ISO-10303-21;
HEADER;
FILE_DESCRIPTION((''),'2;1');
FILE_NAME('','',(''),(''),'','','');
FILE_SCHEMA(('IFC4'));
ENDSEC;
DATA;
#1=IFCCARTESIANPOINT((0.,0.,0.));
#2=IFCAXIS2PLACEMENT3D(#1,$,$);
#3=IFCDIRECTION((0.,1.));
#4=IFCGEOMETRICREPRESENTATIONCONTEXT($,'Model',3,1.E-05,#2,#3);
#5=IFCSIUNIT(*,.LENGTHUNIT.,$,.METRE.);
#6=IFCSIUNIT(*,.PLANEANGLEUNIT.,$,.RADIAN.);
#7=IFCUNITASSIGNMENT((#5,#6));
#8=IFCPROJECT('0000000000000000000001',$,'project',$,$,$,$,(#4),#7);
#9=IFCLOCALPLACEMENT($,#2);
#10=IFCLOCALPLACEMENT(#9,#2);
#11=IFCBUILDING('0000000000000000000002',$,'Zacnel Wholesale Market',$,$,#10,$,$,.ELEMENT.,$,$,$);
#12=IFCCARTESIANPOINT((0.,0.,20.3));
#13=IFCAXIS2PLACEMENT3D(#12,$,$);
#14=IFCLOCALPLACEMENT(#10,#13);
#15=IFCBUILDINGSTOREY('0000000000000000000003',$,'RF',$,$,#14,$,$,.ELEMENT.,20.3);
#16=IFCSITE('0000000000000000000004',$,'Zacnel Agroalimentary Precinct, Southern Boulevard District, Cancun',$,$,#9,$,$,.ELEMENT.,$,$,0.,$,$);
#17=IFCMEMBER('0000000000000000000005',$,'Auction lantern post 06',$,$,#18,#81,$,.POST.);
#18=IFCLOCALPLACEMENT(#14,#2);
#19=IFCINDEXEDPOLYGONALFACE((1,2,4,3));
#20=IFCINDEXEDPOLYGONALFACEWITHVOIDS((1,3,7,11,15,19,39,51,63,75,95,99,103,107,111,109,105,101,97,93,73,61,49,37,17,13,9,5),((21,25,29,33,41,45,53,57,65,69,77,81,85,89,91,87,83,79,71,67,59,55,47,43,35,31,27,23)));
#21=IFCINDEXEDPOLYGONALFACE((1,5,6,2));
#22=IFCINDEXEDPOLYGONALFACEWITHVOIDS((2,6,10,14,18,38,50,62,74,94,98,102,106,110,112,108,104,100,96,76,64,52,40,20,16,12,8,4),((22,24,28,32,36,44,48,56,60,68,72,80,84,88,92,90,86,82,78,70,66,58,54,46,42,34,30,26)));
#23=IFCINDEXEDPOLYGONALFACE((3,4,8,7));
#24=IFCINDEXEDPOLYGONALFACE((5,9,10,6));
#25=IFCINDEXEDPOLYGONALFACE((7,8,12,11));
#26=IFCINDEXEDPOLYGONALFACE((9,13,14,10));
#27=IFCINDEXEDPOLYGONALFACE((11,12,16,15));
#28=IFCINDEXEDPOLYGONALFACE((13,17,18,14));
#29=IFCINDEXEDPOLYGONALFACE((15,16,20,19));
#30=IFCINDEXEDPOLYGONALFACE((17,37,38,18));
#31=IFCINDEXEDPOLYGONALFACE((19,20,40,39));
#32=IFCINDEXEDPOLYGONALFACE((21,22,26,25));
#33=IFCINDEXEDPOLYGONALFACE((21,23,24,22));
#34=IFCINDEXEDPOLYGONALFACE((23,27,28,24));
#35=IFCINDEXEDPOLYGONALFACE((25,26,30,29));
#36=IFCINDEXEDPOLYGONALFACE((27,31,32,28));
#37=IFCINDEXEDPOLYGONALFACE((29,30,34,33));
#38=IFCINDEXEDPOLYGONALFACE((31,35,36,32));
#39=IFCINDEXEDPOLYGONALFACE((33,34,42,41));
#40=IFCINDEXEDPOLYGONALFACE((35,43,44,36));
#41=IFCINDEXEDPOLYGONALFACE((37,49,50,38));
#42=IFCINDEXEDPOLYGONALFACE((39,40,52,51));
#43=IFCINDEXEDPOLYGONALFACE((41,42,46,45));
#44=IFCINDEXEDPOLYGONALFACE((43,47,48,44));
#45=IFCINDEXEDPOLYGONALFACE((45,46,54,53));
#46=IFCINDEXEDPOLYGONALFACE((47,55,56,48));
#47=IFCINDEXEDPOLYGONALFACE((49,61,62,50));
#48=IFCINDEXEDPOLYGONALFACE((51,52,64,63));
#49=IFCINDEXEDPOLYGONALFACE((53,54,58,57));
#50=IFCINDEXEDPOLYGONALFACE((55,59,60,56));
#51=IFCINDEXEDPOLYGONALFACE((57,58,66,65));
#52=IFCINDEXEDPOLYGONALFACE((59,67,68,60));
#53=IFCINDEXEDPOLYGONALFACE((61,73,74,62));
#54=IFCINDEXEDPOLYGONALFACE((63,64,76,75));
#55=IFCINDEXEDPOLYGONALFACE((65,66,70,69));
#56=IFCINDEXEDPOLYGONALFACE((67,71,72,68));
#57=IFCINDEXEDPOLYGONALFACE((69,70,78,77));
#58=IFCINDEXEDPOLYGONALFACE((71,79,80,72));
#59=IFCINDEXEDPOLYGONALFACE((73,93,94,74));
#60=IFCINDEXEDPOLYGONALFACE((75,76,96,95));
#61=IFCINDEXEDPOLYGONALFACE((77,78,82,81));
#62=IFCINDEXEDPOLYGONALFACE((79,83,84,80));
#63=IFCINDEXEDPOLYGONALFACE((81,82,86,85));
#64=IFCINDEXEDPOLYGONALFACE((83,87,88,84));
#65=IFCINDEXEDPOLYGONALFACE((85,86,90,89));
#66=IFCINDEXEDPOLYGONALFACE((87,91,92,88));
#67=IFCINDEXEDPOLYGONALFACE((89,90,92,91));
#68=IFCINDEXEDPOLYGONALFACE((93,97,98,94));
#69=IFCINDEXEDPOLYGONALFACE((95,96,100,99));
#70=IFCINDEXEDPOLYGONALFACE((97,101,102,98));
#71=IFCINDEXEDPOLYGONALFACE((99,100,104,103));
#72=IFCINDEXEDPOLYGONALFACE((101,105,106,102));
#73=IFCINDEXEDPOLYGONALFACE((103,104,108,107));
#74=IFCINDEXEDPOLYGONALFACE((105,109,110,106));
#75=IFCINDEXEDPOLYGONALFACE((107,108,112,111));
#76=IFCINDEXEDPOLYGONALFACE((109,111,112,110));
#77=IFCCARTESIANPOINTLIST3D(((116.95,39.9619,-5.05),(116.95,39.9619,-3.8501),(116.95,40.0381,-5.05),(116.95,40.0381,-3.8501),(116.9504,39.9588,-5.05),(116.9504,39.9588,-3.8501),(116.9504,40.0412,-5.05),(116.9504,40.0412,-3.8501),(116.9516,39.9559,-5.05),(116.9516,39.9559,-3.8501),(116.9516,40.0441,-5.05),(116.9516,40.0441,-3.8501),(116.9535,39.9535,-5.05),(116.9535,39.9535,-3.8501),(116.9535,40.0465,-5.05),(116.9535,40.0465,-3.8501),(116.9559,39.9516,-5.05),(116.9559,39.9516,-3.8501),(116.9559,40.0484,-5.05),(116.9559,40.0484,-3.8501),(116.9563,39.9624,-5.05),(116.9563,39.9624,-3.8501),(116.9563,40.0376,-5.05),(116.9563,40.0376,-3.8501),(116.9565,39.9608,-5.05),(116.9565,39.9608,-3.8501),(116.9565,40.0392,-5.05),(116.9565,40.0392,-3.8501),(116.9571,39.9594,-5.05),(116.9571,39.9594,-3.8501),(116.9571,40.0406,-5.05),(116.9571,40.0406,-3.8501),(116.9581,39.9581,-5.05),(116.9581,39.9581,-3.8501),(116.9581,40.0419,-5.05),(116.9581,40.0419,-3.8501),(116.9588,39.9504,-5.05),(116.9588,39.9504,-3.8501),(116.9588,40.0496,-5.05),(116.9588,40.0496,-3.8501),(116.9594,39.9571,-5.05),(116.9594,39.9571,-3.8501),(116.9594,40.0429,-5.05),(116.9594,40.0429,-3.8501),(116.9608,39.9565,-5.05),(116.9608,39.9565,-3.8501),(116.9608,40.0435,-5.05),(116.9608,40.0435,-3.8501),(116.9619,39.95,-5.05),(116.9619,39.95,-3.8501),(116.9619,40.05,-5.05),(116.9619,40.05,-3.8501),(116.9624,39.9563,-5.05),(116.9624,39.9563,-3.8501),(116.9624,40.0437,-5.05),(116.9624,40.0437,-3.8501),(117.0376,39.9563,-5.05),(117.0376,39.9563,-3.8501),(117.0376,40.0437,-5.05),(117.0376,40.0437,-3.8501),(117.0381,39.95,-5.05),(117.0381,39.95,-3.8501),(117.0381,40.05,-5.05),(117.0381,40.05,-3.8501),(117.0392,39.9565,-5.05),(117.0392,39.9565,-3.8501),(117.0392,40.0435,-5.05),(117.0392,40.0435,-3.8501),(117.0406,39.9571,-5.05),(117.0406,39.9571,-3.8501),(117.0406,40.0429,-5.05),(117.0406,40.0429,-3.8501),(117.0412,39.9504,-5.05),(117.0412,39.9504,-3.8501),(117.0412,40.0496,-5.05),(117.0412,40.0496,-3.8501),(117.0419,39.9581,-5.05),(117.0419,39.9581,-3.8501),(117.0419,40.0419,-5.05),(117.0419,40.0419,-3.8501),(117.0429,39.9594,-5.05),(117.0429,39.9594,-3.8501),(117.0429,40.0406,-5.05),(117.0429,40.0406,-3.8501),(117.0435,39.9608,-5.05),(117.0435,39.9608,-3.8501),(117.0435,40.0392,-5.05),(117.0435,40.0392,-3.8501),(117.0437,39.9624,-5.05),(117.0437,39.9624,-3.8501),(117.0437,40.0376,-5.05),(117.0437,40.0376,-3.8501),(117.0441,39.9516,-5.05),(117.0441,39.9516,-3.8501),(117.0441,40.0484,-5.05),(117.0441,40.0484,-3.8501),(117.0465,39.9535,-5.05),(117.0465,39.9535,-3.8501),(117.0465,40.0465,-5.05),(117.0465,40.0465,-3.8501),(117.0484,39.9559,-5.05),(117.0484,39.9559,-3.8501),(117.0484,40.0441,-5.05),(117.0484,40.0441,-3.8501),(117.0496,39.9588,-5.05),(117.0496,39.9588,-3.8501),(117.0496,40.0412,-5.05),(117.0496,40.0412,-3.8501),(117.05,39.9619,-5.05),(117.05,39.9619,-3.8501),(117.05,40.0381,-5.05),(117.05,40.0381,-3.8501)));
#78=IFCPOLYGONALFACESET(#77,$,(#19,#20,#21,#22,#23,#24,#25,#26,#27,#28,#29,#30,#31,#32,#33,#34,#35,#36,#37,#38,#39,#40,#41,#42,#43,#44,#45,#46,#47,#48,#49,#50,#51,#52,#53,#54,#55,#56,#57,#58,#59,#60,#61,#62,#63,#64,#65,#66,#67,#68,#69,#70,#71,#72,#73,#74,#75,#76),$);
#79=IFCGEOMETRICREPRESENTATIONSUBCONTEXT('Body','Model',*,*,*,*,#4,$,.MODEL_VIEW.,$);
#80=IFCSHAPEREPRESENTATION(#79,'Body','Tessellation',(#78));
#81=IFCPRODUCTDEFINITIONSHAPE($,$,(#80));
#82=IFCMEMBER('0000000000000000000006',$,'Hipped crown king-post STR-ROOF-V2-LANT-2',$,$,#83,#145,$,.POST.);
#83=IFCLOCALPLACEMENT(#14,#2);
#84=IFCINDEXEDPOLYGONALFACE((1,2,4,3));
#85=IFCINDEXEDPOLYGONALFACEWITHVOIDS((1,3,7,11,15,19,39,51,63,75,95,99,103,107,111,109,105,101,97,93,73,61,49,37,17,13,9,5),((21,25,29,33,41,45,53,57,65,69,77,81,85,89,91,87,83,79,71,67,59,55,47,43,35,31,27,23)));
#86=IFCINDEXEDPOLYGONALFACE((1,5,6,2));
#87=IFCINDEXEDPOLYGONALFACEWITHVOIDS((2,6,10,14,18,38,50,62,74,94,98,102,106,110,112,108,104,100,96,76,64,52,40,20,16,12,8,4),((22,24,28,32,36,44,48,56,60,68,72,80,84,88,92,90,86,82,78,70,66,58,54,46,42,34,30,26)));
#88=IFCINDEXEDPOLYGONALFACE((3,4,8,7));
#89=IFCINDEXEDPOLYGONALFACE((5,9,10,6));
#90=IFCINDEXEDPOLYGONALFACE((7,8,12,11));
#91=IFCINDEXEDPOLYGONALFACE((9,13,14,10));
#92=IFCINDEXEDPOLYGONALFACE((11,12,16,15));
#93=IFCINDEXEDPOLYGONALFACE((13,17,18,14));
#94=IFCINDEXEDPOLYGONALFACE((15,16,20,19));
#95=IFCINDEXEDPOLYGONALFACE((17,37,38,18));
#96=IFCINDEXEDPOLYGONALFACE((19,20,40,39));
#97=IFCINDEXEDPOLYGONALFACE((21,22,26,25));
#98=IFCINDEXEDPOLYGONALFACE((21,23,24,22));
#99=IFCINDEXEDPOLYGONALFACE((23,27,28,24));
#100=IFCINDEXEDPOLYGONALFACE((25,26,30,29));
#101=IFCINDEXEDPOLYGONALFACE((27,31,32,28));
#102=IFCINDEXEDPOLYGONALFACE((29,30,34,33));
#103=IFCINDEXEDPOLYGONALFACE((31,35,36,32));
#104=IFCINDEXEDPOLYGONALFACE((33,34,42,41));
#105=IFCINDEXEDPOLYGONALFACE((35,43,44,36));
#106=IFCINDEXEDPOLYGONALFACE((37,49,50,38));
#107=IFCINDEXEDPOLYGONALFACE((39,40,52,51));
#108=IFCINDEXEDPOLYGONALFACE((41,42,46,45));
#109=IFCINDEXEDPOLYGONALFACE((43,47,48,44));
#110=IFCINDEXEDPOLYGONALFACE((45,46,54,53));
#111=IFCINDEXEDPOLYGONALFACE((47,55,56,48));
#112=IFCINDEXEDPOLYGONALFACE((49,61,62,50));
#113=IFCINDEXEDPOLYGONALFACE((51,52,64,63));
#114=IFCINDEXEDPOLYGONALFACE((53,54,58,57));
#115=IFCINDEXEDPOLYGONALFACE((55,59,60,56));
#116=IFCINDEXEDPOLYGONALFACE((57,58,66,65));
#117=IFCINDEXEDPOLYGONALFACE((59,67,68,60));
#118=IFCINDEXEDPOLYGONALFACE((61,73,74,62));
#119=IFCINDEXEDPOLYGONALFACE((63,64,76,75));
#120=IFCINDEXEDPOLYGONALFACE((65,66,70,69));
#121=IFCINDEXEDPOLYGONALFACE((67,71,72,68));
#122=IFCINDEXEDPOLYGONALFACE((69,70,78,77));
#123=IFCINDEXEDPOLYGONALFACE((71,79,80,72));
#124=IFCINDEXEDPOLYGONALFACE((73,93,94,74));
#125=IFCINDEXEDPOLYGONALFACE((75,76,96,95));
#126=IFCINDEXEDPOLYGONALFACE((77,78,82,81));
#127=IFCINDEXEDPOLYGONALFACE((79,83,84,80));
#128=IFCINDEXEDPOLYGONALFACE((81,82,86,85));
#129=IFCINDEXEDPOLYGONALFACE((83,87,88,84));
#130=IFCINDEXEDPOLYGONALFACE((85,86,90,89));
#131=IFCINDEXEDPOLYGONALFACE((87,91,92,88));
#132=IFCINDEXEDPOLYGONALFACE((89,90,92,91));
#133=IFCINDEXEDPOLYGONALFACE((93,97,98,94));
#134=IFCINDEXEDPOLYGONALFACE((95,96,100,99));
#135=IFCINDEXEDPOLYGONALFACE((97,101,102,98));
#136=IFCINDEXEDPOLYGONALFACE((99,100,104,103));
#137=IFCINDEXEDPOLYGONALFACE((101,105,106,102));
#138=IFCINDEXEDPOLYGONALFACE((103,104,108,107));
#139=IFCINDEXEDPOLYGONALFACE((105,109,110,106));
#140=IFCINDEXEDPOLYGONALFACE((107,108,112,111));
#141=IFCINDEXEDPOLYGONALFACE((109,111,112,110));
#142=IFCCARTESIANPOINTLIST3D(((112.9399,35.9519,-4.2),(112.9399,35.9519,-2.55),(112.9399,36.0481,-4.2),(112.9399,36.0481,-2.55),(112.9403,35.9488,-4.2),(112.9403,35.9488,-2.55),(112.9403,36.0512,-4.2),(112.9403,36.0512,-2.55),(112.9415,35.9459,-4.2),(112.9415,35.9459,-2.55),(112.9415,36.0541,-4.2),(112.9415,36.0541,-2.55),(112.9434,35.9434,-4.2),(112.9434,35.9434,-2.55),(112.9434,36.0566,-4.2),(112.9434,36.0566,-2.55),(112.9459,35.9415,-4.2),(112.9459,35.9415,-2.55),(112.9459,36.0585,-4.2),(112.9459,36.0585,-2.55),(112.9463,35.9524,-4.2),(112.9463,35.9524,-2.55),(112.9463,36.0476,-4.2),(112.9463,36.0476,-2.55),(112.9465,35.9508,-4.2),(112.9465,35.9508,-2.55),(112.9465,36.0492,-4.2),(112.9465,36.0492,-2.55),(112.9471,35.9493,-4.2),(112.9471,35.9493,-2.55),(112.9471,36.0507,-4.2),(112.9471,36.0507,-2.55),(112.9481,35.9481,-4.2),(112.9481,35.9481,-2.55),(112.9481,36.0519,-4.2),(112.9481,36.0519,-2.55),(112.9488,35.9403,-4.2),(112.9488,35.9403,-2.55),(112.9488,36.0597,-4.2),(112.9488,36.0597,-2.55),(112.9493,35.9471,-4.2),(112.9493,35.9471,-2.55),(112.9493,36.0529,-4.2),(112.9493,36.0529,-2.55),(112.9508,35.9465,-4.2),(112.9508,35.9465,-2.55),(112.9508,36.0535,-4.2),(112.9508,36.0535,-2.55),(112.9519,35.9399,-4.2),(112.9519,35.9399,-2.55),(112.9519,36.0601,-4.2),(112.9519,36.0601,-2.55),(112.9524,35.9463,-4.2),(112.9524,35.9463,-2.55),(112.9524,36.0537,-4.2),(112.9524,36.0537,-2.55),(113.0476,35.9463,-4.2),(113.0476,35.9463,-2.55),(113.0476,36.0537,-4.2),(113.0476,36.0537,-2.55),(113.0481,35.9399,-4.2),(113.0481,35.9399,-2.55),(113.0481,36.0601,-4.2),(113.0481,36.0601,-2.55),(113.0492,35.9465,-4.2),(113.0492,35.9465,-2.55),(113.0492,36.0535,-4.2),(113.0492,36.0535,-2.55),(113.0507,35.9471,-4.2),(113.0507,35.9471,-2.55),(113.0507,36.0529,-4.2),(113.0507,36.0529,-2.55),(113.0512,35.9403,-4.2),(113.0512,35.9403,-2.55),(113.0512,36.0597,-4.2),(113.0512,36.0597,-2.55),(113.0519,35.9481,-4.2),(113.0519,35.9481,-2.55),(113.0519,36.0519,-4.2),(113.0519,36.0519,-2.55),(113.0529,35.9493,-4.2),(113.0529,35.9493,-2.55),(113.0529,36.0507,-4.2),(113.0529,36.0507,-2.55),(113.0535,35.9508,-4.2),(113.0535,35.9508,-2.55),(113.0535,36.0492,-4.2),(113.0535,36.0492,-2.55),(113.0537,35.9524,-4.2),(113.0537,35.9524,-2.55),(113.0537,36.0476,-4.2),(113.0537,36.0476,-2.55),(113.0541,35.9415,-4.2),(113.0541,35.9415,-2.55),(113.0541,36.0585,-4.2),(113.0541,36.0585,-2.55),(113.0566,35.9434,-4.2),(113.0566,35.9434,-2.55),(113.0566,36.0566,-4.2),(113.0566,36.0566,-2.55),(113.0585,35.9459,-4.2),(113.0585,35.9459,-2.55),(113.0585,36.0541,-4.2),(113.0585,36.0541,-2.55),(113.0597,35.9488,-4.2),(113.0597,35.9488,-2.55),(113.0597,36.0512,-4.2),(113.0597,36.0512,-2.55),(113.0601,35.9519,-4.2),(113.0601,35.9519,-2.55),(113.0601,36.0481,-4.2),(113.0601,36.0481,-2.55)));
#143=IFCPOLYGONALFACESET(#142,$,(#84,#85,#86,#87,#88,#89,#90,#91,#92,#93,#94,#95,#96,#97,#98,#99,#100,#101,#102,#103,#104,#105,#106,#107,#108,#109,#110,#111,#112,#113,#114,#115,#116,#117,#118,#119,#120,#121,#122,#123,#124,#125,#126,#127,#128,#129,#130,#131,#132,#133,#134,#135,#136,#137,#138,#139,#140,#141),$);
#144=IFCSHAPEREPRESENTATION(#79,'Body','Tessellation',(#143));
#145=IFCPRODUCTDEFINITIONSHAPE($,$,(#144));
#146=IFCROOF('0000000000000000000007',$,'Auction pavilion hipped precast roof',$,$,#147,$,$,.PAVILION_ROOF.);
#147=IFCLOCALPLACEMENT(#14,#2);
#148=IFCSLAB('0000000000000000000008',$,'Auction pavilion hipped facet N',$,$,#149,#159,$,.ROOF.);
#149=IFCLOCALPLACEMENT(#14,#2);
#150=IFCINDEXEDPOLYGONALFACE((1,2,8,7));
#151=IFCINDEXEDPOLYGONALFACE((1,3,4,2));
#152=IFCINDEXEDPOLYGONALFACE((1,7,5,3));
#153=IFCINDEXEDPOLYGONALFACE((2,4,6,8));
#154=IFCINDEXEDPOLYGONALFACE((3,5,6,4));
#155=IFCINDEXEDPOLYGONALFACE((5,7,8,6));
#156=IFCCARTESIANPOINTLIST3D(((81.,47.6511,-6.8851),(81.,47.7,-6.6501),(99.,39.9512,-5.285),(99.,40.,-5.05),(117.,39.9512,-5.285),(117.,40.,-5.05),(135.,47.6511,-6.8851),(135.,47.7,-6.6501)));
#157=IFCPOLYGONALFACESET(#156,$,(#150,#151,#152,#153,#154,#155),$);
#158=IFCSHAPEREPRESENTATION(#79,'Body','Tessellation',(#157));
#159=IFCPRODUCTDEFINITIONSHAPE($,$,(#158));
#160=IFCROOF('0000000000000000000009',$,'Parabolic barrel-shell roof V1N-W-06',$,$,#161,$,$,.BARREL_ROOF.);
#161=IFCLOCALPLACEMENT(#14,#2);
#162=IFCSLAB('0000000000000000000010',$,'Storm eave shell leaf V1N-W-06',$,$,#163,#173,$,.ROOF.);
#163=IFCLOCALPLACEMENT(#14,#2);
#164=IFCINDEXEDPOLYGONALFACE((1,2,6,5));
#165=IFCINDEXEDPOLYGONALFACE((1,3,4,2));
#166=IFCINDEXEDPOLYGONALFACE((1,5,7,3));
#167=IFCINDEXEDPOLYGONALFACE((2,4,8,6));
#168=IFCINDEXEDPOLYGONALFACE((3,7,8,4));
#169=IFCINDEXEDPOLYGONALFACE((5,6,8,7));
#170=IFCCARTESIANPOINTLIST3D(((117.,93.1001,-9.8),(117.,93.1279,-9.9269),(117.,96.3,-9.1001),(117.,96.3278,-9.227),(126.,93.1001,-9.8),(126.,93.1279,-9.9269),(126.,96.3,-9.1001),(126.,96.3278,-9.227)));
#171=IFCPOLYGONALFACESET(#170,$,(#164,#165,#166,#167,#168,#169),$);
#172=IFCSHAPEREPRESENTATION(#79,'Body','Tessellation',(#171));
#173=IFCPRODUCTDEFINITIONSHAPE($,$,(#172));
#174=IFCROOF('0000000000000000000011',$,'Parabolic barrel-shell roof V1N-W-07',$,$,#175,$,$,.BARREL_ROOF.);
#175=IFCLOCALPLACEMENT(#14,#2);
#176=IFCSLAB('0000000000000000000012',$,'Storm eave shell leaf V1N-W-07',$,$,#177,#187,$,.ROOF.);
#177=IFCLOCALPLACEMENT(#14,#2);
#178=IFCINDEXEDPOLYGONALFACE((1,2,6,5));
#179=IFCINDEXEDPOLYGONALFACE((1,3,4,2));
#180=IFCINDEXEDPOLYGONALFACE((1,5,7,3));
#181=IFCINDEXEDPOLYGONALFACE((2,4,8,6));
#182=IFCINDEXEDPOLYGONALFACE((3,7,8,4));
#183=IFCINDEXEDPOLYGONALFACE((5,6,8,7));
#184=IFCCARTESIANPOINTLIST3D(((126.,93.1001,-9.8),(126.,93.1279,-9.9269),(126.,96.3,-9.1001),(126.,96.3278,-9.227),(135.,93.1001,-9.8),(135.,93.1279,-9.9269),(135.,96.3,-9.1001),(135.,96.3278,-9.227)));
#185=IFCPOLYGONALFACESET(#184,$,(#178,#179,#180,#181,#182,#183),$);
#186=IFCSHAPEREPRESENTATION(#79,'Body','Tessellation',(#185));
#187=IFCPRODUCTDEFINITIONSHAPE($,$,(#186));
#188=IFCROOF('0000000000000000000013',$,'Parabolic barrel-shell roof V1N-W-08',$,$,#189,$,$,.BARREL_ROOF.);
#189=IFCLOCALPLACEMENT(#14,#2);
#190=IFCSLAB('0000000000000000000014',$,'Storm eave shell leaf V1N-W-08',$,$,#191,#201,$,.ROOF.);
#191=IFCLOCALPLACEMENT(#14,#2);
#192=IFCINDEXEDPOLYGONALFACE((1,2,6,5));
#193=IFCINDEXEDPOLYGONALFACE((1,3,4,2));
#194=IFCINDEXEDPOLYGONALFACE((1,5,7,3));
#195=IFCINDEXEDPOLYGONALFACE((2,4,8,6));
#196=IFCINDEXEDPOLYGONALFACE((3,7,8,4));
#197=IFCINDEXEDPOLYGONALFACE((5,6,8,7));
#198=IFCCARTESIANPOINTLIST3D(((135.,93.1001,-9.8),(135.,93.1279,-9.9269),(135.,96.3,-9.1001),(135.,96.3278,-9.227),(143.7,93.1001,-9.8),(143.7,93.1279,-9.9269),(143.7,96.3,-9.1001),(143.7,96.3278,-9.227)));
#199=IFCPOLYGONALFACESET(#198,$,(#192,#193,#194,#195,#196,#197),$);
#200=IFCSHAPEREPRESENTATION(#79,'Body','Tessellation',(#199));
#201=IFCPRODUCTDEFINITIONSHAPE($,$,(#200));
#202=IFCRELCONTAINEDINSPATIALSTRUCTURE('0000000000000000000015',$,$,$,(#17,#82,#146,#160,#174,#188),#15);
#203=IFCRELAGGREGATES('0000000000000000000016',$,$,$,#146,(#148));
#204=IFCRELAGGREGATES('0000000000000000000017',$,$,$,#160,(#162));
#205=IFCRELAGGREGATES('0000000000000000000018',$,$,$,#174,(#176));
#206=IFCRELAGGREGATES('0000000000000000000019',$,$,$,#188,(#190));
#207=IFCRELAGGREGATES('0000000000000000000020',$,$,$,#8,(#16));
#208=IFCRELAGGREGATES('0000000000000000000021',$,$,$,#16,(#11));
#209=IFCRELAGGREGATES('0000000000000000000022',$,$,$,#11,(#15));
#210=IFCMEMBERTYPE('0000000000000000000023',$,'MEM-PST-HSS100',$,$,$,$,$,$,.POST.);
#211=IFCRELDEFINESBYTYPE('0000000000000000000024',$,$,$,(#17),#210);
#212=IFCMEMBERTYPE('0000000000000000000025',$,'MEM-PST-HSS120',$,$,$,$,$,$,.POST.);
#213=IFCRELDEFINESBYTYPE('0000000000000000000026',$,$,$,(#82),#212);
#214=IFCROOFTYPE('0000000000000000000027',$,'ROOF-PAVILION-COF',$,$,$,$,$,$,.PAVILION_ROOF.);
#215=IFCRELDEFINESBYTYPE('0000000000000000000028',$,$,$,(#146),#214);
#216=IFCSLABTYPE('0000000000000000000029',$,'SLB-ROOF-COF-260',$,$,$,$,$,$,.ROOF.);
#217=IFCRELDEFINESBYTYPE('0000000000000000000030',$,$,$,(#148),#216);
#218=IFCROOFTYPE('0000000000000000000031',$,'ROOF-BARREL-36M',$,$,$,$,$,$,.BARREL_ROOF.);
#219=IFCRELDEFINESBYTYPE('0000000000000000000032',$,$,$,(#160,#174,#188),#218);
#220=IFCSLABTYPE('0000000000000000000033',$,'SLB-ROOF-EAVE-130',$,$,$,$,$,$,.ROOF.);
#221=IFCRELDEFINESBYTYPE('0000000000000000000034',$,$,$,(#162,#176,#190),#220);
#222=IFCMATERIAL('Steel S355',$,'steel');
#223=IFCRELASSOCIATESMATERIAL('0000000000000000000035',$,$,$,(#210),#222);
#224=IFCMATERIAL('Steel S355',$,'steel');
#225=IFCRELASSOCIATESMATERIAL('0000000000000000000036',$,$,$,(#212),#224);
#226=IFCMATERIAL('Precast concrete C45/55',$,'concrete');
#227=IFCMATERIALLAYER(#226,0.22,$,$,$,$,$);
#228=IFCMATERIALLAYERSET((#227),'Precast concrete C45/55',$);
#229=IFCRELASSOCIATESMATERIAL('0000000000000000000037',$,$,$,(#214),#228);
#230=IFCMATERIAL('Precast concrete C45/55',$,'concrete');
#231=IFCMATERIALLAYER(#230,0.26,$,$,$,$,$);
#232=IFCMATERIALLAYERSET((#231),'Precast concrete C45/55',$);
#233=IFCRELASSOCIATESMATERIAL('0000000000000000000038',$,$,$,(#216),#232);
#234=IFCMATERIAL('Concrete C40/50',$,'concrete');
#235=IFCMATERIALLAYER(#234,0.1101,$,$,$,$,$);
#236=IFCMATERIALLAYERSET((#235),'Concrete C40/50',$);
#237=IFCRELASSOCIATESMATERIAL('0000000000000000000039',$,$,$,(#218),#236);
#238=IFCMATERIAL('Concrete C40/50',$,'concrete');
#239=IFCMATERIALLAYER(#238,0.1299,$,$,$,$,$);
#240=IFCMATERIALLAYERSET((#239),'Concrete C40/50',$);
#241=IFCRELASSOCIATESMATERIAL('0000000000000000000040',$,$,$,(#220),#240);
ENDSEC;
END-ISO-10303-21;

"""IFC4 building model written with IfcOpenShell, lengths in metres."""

from ifc_helpers import new_model, si_unit, direction, frame, origin, origin_2d, place, context, subcontext, project, spatial, polyline, hollow_rectangle, outline, extrude, material, layer, layer_set, material_profile, profile_set, type_object, element, aggregate, save


model = new_model("IFC4")

# Units and contexts
model_context = context("Model", 3, precision=1e-05, world=origin(), true_north=direction((0.0, 1.0)))
body_context = subcontext(model_context, "Body", "Model", "MODEL_VIEW")
ifc_project = project(units=[si_unit("LENGTHUNIT", "METRE"), si_unit("PLANEANGLEUNIT", "RADIAN")], contexts=[model_context])

# Site, building, storey
site_placement = place(None, origin())
site = spatial("IfcSite", under=ifc_project, at=site_placement, Name="Zacnel Agroalimentary Precinct, Southern Boulevard District, Cancun", CompositionType="ELEMENT", RefElevation=0.0)
building_placement = place(site_placement, origin())
building = spatial("IfcBuilding", under=site, at=building_placement, Name="Zacnel Wholesale Market", CompositionType="ELEMENT")
storey_placement = place(building_placement, frame((0.0, 0.0, 20.3)))
storey = spatial("IfcBuildingStorey", under=building, at=storey_placement, Name="RF", CompositionType="ELEMENT", Elevation=20.3)

# Members
ifc_material_1 = material(Name="Steel S355", Category="steel")
ifc_material_profile_1 = material_profile(ifc_material_1, hollow_rectangle(XDim=0.1001, YDim=0.1001, WallThickness=0.0063, InnerFilletRadius=0.0061, OuterFilletRadius=0.012, at=origin_2d()), Name="HSS 100x100x6.3")
ifc_profile_set_1 = profile_set([ifc_material_profile_1], Name="Steel S355")
member_type_1 = type_object("IfcMemberType", Name="MEM-PST-HSS100", PredefinedType="POST", material=ifc_profile_set_1)
member_1_placement = place(storey_placement, frame((117.0, 40.0, -5.05), z_axis=(0.0, 0.0, 1.0), x_axis=(1.0, 0.0, 0.0)))
element("IfcMember", 1, at=member_1_placement, inside=storey, type_object=member_type_1, Name="Auction lantern post 06", PredefinedType="POST", context=body_context, shape_type="SweptSolid", body=[
    extrude(hollow_rectangle(XDim=0.1001, YDim=0.1001, WallThickness=0.0063, InnerFilletRadius=0.0061, OuterFilletRadius=0.012, at=origin_2d()), origin(), (0.0, 0.0, 1.0), 1.2),
])
ifc_material_2 = material(Name="Steel S355", Category="steel")
ifc_material_profile_2 = material_profile(ifc_material_2, hollow_rectangle(XDim=0.1201, YDim=0.1201, WallThickness=0.0063, InnerFilletRadius=0.0061, OuterFilletRadius=0.012, at=origin_2d()), Name="HSS 120x120x6.3")
ifc_profile_set_2 = profile_set([ifc_material_profile_2], Name="Steel S355")
member_type_2 = type_object("IfcMemberType", Name="MEM-PST-HSS120", PredefinedType="POST", material=ifc_profile_set_2)
member_2_placement = place(storey_placement, frame((113.0, 36.0, -4.2), z_axis=(0.0, 0.0, 1.0), x_axis=(1.0, 0.0, 0.0)))
element("IfcMember", 2, at=member_2_placement, inside=storey, type_object=member_type_2, Name="Hipped crown king-post STR-ROOF-V2-LANT-2", PredefinedType="POST", context=body_context, shape_type="SweptSolid", body=[
    extrude(hollow_rectangle(XDim=0.1201, YDim=0.1201, WallThickness=0.0063, InnerFilletRadius=0.0061, OuterFilletRadius=0.012, at=origin_2d()), origin(), (0.0, 0.0, 1.0), 1.6499),
])

# Roofs, slabs
ifc_material_3 = material(Name="Precast concrete C45/55", Category="concrete")
ifc_layer_1 = layer(ifc_material_3, 0.22)
ifc_layer_set_1 = layer_set([ifc_layer_1], Name="Precast concrete C45/55")
roof_type_1 = type_object("IfcRoofType", Name="ROOF-PAVILION-COF", PredefinedType="PAVILION_ROOF", material=ifc_layer_set_1)
roof_1_placement = place(storey_placement, origin())
roof_1 = element("IfcRoof", 3, at=roof_1_placement, inside=storey, type_object=roof_type_1, Name="Auction pavilion hipped precast roof", PredefinedType="PAVILION_ROOF")
ifc_material_4 = material(Name="Precast concrete C45/55", Category="concrete")
ifc_layer_2 = layer(ifc_material_4, 0.26)
ifc_layer_set_2 = layer_set([ifc_layer_2], Name="Precast concrete C45/55")
slab_type_1 = type_object("IfcSlabType", Name="SLB-ROOF-COF-260", PredefinedType="ROOF", material=ifc_layer_set_2)
slab_1_placement = place(storey_placement, frame((135.0, 47.7, -6.6501), z_axis=(0.0, 0.20346, 0.979083), x_axis=(-1.0, 0.0, 0.0)))
slab_1 = element("IfcSlab", 4, at=slab_1_placement, type_object=slab_type_1, Name="Auction pavilion hipped facet N", PredefinedType="ROOF", context=body_context, shape_type="SweptSolid", body=[
    extrude(outline(polyline([(0.0, 0.0), (54.0, 0.0), (36.0, 7.8644), (18.0, 7.8644), (0.0, 0.0)])), origin(), (0.0, 0.0, -1.0), 0.24),
])
aggregate(roof_1, [slab_1])
ifc_material_5 = material(Name="Concrete C40/50", Category="concrete")
ifc_layer_3 = layer(ifc_material_5, 0.1101)
ifc_layer_set_3 = layer_set([ifc_layer_3], Name="Concrete C40/50")
roof_type_2 = type_object("IfcRoofType", Name="ROOF-BARREL-36M", PredefinedType="BARREL_ROOF", material=ifc_layer_set_3)
roof_2_placement = place(storey_placement, origin())
roof_2 = element("IfcRoof", 5, at=roof_2_placement, inside=storey, type_object=roof_type_2, Name="Parabolic barrel-shell roof V1N-W-06", PredefinedType="BARREL_ROOF")
ifc_material_6 = material(Name="Concrete C40/50", Category="concrete")
ifc_layer_4 = layer(ifc_material_6, 0.1299)
ifc_layer_set_4 = layer_set([ifc_layer_4], Name="Concrete C40/50")
slab_type_2 = type_object("IfcSlabType", Name="SLB-ROOF-EAVE-130", PredefinedType="ROOF", material=ifc_layer_set_4)
slab_2_placement = place(storey_placement, frame((117.0, 93.1001, -9.8), z_axis=(0.0, -0.213686, 0.976902), x_axis=(1.0, 0.0, 0.0)))
slab_2 = element("IfcSlab", 6, at=slab_2_placement, type_object=slab_type_2, Name="Storm eave shell leaf V1N-W-06", PredefinedType="ROOF", context=body_context, shape_type="SweptSolid", body=[
    extrude(outline(polyline([(0.0, 0.0), (9.0, 0.0), (9.0, 3.2756), (0.0, 3.2756), (0.0, 0.0)])), origin(), (0.0, 0.0, -1.0), 0.1299),
])
roof_3_placement = place(storey_placement, origin())
roof_3 = element("IfcRoof", 7, at=roof_3_placement, inside=storey, type_object=roof_type_2, Name="Parabolic barrel-shell roof V1N-W-07", PredefinedType="BARREL_ROOF")
slab_3_placement = place(storey_placement, frame((126.0, 93.1001, -9.8), z_axis=(0.0, -0.213686, 0.976902), x_axis=(1.0, 0.0, 0.0)))
slab_3 = element("IfcSlab", 8, at=slab_3_placement, type_object=slab_type_2, Name="Storm eave shell leaf V1N-W-07", PredefinedType="ROOF", context=body_context, shape_type="SweptSolid", body=[
    extrude(outline(polyline([(0.0, 0.0), (9.0, 0.0), (9.0, 3.2756), (0.0, 3.2756), (0.0, 0.0)])), origin(), (0.0, 0.0, -1.0), 0.1299),
])
roof_4_placement = place(storey_placement, origin())
roof_4 = element("IfcRoof", 9, at=roof_4_placement, inside=storey, type_object=roof_type_2, Name="Parabolic barrel-shell roof V1N-W-08", PredefinedType="BARREL_ROOF")
slab_4_placement = place(storey_placement, frame((135.0, 93.1001, -9.8), z_axis=(0.0, -0.213686, 0.976902), x_axis=(1.0, 0.0, 0.0)))
slab_4 = element("IfcSlab", 10, at=slab_4_placement, type_object=slab_type_2, Name="Storm eave shell leaf V1N-W-08", PredefinedType="ROOF", context=body_context, shape_type="SweptSolid", body=[
    extrude(outline(polyline([(0.0, 0.0), (8.7, 0.0), (8.7, 3.2756), (0.0, 3.2756), (0.0, 0.0)])), origin(), (0.0, 0.0, -1.0), 0.1299),
])

aggregate(roof_2, [slab_2])
aggregate(roof_3, [slab_3])
aggregate(roof_4, [slab_4])

save(model, "model.ifc")
